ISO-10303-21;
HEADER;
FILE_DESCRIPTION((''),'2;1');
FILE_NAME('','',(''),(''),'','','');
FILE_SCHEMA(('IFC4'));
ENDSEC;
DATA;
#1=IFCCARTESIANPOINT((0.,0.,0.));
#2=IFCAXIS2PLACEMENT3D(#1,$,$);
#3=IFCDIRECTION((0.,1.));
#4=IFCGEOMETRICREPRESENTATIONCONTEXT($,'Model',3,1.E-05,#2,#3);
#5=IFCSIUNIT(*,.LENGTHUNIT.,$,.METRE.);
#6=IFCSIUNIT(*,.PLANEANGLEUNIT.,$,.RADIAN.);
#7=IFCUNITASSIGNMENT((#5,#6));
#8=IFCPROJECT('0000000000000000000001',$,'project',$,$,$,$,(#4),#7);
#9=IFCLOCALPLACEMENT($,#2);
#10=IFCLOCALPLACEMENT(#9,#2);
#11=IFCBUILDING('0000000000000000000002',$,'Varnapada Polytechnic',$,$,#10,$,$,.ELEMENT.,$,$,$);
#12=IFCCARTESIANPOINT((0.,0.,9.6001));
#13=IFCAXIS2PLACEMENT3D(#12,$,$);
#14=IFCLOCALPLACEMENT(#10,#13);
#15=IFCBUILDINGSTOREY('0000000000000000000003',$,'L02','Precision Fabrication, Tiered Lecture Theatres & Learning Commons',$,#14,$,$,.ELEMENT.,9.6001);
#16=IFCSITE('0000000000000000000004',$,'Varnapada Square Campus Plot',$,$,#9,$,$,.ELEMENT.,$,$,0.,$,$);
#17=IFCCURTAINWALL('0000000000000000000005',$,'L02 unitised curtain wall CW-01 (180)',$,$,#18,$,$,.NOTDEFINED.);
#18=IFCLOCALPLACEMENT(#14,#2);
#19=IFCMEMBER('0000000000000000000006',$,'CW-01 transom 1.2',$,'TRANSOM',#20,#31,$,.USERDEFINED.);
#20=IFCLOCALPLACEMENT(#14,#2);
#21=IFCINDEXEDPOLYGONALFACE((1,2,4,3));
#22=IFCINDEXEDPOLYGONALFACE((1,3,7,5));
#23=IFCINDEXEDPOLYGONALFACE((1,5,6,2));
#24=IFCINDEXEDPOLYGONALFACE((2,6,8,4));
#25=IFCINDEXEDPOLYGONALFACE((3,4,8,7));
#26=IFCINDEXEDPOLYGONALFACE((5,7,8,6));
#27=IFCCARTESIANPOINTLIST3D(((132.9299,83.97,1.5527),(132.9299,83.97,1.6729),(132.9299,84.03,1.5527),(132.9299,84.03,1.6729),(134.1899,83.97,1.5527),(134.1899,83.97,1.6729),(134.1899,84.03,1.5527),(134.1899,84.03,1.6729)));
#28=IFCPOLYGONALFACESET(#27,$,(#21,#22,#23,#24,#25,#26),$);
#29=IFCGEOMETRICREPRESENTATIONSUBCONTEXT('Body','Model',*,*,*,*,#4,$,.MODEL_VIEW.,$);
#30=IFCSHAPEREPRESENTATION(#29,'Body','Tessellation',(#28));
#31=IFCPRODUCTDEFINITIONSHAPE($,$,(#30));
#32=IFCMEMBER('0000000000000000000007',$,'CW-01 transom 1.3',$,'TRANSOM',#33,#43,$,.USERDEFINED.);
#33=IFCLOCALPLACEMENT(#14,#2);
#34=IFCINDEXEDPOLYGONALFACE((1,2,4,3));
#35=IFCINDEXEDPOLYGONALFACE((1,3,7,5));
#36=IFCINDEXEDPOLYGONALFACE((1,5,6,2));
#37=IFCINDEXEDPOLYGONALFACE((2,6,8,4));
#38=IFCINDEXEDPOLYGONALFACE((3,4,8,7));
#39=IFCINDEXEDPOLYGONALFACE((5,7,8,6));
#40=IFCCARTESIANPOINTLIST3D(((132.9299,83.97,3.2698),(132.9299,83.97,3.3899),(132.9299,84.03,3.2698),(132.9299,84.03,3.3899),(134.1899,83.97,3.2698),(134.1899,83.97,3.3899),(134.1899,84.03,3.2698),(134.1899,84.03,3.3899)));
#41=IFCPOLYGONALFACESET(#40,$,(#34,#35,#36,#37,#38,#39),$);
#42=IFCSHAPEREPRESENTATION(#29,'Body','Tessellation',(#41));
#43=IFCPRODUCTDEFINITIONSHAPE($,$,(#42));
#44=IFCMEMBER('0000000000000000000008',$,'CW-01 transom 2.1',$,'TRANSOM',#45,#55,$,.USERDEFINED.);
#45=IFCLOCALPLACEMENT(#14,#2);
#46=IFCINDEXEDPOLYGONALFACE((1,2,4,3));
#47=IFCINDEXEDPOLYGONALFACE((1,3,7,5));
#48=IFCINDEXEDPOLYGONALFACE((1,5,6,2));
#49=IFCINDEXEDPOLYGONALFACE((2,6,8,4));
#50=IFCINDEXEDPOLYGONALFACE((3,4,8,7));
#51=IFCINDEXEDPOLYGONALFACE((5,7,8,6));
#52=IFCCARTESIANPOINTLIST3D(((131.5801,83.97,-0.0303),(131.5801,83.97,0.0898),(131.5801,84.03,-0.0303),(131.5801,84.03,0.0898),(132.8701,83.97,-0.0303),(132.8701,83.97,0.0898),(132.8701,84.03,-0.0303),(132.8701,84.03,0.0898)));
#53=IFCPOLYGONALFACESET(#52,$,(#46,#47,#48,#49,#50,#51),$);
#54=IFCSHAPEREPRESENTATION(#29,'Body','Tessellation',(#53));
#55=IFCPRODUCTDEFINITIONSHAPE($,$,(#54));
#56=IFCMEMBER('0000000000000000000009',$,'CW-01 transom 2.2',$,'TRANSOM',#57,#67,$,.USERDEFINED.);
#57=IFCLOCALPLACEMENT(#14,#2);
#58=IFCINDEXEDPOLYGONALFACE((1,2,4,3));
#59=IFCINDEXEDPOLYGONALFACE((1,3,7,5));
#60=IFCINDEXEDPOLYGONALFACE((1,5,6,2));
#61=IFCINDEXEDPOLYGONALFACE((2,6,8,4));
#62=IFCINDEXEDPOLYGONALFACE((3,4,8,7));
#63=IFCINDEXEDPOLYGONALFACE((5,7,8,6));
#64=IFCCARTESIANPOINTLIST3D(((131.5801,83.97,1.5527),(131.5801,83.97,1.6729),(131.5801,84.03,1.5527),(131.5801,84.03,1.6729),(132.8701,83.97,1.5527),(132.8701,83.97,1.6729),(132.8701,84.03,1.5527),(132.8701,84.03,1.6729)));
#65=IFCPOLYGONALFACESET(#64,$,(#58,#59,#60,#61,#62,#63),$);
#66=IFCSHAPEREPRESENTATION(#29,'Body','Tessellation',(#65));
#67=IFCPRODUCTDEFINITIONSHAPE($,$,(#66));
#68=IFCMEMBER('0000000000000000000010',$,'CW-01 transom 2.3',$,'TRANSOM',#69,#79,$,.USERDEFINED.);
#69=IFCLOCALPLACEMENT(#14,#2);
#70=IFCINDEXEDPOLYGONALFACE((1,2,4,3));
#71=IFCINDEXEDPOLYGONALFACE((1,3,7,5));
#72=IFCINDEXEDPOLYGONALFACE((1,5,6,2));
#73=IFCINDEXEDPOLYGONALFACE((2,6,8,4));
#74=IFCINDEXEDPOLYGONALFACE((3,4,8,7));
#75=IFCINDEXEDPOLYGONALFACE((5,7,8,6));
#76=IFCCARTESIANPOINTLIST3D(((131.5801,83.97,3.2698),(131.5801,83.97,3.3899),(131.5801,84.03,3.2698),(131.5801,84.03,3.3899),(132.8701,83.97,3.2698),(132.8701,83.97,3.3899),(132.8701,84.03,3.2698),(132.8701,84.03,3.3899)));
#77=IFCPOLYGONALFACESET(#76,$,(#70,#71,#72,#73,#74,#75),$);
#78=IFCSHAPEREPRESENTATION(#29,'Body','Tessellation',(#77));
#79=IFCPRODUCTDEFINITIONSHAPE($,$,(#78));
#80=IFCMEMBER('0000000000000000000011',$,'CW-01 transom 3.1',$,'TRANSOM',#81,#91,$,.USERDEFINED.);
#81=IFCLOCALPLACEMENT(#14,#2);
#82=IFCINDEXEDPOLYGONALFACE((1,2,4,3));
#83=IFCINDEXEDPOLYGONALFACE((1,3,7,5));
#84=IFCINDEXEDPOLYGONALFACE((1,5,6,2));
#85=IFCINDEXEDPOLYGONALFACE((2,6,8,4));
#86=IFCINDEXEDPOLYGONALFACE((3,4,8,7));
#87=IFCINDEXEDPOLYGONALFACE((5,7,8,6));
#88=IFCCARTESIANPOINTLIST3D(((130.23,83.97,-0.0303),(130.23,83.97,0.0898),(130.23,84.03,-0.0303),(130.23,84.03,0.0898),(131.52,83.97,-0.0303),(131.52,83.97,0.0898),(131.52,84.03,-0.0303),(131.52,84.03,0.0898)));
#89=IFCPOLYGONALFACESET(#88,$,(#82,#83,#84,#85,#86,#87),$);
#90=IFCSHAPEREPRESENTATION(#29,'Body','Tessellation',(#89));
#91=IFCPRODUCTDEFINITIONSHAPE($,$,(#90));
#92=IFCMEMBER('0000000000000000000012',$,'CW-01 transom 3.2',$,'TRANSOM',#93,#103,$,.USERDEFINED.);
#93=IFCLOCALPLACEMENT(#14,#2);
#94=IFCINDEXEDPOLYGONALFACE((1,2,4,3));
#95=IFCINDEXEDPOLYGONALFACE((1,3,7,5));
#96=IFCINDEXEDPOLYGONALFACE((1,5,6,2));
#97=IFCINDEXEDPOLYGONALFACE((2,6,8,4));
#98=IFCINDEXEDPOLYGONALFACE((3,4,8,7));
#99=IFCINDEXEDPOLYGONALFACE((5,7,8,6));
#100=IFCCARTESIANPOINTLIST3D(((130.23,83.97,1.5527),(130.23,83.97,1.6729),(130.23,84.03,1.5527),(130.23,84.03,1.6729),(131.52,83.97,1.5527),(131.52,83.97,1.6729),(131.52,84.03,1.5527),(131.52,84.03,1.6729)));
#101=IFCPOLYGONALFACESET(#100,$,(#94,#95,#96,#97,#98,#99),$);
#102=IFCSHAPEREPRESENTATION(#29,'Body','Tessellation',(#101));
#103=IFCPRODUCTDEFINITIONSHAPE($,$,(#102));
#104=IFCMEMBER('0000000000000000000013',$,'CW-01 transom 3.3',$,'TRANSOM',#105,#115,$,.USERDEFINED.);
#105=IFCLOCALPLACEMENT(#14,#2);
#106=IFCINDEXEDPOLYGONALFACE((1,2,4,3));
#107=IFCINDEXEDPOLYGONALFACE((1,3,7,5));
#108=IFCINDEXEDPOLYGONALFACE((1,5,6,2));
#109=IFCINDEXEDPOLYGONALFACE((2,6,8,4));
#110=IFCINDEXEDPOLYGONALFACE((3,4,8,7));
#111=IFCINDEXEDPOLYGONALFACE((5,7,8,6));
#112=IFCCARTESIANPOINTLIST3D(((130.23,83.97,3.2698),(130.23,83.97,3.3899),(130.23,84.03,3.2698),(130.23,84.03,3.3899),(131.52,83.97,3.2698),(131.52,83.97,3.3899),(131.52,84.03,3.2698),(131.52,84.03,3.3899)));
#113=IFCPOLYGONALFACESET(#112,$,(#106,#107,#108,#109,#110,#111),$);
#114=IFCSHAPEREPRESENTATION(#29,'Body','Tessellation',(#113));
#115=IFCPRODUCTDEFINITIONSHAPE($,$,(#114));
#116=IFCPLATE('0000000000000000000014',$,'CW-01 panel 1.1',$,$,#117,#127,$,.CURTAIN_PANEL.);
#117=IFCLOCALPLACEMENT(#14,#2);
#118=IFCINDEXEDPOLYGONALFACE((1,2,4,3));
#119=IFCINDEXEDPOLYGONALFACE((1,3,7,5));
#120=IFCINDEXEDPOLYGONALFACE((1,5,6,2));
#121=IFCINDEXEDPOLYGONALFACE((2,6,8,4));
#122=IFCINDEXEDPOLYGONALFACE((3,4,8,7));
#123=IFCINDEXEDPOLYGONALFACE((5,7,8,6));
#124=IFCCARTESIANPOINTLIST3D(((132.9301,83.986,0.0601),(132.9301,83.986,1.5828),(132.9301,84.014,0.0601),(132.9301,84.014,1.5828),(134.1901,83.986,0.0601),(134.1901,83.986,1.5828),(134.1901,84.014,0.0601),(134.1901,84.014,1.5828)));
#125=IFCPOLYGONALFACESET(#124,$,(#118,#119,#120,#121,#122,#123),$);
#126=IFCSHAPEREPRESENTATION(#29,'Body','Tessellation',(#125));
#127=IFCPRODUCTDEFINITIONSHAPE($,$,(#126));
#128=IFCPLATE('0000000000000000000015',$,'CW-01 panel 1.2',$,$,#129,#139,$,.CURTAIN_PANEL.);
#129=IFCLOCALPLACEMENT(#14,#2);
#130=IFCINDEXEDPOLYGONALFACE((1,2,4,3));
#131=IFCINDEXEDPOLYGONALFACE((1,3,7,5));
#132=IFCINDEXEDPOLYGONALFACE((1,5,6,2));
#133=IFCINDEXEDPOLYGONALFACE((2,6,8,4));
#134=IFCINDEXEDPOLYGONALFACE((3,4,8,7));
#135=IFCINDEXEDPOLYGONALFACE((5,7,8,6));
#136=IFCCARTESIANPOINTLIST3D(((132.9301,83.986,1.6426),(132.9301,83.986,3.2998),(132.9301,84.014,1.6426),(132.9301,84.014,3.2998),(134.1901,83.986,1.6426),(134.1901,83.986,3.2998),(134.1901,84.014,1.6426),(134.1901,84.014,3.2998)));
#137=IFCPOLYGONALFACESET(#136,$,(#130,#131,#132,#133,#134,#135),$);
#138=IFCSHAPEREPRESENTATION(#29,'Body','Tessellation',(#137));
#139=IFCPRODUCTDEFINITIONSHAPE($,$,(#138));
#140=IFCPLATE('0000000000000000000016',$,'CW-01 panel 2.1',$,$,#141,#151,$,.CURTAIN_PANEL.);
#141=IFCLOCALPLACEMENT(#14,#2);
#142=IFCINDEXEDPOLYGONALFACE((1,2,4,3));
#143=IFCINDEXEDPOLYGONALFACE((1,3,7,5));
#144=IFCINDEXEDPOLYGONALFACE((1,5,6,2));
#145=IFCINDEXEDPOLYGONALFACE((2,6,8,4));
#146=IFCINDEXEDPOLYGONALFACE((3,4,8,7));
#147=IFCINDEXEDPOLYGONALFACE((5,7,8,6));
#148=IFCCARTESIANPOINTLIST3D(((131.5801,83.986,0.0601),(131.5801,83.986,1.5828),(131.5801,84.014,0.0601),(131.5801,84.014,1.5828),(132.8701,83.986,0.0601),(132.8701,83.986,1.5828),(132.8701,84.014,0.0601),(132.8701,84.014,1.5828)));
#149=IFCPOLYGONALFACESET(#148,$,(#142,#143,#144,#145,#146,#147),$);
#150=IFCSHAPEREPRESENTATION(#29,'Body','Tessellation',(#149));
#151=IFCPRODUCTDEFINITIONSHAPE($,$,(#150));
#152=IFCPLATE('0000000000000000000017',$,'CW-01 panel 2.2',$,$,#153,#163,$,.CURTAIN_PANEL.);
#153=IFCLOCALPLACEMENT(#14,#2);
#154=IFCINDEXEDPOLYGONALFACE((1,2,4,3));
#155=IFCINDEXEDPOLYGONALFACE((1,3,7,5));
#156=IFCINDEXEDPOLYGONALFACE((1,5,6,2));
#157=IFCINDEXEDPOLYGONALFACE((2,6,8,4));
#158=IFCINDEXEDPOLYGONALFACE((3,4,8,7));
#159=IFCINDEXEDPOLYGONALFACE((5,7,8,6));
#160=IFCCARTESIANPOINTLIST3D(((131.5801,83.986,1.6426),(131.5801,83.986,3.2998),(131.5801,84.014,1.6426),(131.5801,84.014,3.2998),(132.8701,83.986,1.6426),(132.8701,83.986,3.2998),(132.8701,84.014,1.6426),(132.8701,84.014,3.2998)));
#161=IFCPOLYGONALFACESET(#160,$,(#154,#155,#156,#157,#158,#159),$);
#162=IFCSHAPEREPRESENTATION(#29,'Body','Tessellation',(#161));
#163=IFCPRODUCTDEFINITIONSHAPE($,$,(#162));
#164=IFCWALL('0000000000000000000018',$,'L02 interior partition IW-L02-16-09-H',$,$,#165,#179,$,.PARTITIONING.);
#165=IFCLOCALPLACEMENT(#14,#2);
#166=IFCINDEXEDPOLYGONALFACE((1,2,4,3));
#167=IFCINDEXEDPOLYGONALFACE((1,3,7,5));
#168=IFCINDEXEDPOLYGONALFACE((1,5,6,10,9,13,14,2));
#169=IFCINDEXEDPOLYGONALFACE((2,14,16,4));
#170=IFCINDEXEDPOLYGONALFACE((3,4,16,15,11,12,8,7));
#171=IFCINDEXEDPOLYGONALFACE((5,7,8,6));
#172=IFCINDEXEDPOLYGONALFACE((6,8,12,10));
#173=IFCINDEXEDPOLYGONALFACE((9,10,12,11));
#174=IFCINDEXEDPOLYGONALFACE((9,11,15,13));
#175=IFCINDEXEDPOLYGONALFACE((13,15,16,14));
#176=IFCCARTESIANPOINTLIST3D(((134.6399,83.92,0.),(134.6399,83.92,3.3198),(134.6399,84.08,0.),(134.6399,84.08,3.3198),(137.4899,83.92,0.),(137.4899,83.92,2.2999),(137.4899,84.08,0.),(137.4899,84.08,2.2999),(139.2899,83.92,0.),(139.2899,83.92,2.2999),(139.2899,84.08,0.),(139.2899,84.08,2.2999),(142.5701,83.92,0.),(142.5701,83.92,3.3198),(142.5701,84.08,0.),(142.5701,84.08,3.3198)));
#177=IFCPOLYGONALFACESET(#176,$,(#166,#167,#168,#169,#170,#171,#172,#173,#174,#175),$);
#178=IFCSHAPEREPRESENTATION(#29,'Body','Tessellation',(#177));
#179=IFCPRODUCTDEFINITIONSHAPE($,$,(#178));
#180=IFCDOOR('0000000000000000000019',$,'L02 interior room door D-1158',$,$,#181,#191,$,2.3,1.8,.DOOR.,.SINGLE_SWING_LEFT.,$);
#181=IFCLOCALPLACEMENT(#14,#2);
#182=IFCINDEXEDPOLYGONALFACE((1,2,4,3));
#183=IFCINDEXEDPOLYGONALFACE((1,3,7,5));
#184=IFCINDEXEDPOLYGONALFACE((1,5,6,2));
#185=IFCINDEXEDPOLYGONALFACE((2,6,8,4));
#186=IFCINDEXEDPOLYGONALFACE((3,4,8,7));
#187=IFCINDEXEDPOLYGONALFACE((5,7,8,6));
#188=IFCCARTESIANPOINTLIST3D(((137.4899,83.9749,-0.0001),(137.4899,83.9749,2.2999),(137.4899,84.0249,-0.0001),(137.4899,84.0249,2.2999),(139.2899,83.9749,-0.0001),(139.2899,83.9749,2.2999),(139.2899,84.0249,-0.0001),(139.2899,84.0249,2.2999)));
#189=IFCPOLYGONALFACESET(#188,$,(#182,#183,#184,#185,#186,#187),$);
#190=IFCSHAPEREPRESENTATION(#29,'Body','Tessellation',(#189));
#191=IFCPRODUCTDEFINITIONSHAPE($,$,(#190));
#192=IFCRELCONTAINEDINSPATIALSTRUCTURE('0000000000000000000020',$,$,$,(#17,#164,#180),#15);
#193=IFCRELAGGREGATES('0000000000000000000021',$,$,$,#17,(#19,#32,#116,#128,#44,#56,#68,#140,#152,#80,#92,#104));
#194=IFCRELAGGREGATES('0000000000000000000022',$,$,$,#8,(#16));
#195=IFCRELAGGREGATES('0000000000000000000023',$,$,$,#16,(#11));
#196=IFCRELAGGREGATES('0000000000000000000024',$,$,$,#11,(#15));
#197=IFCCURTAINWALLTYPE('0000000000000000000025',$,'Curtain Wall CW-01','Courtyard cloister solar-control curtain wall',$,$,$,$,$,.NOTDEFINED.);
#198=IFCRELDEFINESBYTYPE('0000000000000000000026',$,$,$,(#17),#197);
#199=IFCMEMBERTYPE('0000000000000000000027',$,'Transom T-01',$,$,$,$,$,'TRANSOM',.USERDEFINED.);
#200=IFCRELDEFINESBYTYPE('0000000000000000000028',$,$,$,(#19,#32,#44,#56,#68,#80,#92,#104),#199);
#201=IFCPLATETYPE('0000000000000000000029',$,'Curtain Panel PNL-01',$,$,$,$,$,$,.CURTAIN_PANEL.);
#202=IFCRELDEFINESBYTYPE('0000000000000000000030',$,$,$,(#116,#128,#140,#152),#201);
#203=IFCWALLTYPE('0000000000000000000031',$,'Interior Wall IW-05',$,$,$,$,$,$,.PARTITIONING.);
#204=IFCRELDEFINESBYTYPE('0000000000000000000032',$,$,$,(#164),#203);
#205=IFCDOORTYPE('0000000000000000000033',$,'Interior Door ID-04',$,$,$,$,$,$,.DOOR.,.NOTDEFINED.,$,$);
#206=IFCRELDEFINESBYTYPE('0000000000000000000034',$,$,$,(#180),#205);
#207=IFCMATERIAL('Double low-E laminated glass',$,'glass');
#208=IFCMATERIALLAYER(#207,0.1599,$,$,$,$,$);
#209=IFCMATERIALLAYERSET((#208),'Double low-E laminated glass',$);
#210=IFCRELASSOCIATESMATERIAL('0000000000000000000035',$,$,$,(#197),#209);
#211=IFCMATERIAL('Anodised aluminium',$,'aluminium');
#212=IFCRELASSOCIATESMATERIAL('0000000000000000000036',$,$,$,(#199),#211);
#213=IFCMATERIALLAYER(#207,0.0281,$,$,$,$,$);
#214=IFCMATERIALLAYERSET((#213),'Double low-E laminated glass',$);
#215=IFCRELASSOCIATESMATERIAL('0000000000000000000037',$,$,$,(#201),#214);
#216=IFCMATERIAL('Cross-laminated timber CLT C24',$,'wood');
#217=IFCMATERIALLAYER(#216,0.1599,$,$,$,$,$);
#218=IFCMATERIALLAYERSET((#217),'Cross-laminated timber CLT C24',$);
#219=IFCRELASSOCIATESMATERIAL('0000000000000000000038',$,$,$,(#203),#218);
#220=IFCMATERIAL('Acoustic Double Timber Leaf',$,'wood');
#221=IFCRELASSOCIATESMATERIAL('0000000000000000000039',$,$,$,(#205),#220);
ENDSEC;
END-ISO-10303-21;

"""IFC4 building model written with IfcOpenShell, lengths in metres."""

from ifc_helpers import new_model, si_unit, direction, frame, frame_2d, origin, origin_2d, place, context, subcontext, project, spatial, rectangle, extrude, material, layer, layer_set, material_profile, profile_set, type_object, element, fill, aggregate, save


model = new_model("IFC4")

# Units and contexts
model_context = context("Model", 3, precision=1e-05, world=origin(), true_north=direction((0.0, 1.0)))
body_context = subcontext(model_context, "Body", "Model", "MODEL_VIEW")
ifc_project = project(units=[si_unit("LENGTHUNIT", "METRE"), si_unit("PLANEANGLEUNIT", "RADIAN")], contexts=[model_context])

# Site, building, storey
site_placement = place(None, origin())
site = spatial("IfcSite", under=ifc_project, at=site_placement, Name="Varnapada Square Campus Plot", CompositionType="ELEMENT", RefElevation=0.0)
building_placement = place(site_placement, origin())
building = spatial("IfcBuilding", under=site, at=building_placement, Name="Varnapada Polytechnic", CompositionType="ELEMENT")
storey_placement = place(building_placement, frame((0.0, 0.0, 9.6001)))
storey = spatial("IfcBuildingStorey", under=building, at=storey_placement, Name="L02", Description="Precision Fabrication, Tiered Lecture Theatres & Learning Commons", CompositionType="ELEMENT", Elevation=9.6001)

# Curtain wall
ifc_material_1 = material(Name="Double low-E laminated glass", Category="glass")
ifc_layer_1 = layer(ifc_material_1, 0.1599)
ifc_layer_set_1 = layer_set([ifc_layer_1], Name="Double low-E laminated glass")
curtain_wall_type = type_object("IfcCurtainWallType", Name="Curtain Wall CW-01", Description="Courtyard cloister solar-control curtain wall", PredefinedType="NOTDEFINED", material=ifc_layer_set_1)
curtain_wall_placement = place(storey_placement, origin())
curtain_wall = element("IfcCurtainWall", 1, at=curtain_wall_placement, inside=storey, type_object=curtain_wall_type, Name="L02 unitised curtain wall CW-01 (180)", PredefinedType="NOTDEFINED")
ifc_material_2 = material(Name="Anodised aluminium", Category="aluminium")

# Members
ifc_material_profile_1 = material_profile(ifc_material_2, rectangle(XDim=0.0601, YDim=0.1201, at=origin_2d()), Name="ALU T60x120")
ifc_profile_set_1 = profile_set([ifc_material_profile_1], Name="Anodised aluminium")
member_type_1 = type_object("IfcMemberType", Name="Transom T-01", ElementType="TRANSOM", PredefinedType="USERDEFINED", material=ifc_profile_set_1)
member_1_placement = place(storey_placement, frame((134.1899, 84.0, 1.6128), z_axis=(-1.0, 0.0, 0.0), x_axis=(0.0, -1.0, 0.0)))
member_1 = element("IfcMember", 2, at=member_1_placement, type_object=member_type_1, Name="CW-01 transom 1.2", ObjectType="TRANSOM", PredefinedType="USERDEFINED", context=body_context, shape_type="SweptSolid", body=[
    extrude(rectangle(XDim=0.0601, YDim=0.1201, at=origin_2d()), origin(), (0.0, 0.0, 1.0), 1.26),
])
member_2_placement = place(storey_placement, frame((134.1899, 84.0, 3.3298), z_axis=(-1.0, 0.0, 0.0), x_axis=(0.0, -1.0, 0.0)))
member_2 = element("IfcMember", 3, at=member_2_placement, type_object=member_type_1, Name="CW-01 transom 1.3", ObjectType="TRANSOM", PredefinedType="USERDEFINED", context=body_context, shape_type="SweptSolid", body=[
    extrude(rectangle(XDim=0.0601, YDim=0.1201, at=origin_2d()), origin(), (0.0, 0.0, 1.0), 1.26),
])
member_3_placement = place(storey_placement, frame((132.8701, 84.0, 0.0298), z_axis=(-1.0, 0.0, 0.0), x_axis=(0.0, -1.0, 0.0)))
member_3 = element("IfcMember", 4, at=member_3_placement, type_object=member_type_1, Name="CW-01 transom 2.1", ObjectType="TRANSOM", PredefinedType="USERDEFINED", context=body_context, shape_type="SweptSolid", body=[
    extrude(rectangle(XDim=0.0601, YDim=0.1201, at=origin_2d()), origin(), (0.0, 0.0, 1.0), 1.29),
])
member_4_placement = place(storey_placement, frame((132.8701, 84.0, 1.6128), z_axis=(-1.0, 0.0, 0.0), x_axis=(0.0, -1.0, 0.0)))
member_4 = element("IfcMember", 5, at=member_4_placement, type_object=member_type_1, Name="CW-01 transom 2.2", ObjectType="TRANSOM", PredefinedType="USERDEFINED", context=body_context, shape_type="SweptSolid", body=[
    extrude(rectangle(XDim=0.0601, YDim=0.1201, at=origin_2d()), origin(), (0.0, 0.0, 1.0), 1.29),
])
member_5_placement = place(storey_placement, frame((132.8701, 84.0, 3.3298), z_axis=(-1.0, 0.0, 0.0), x_axis=(0.0, -1.0, 0.0)))
member_5 = element("IfcMember", 6, at=member_5_placement, type_object=member_type_1, Name="CW-01 transom 2.3", ObjectType="TRANSOM", PredefinedType="USERDEFINED", context=body_context, shape_type="SweptSolid", body=[
    extrude(rectangle(XDim=0.0601, YDim=0.1201, at=origin_2d()), origin(), (0.0, 0.0, 1.0), 1.29),
])
member_6_placement = place(storey_placement, frame((131.52, 84.0, 0.0298), z_axis=(-1.0, 0.0, 0.0), x_axis=(0.0, -1.0, 0.0)))
member_6 = element("IfcMember", 7, at=member_6_placement, type_object=member_type_1, Name="CW-01 transom 3.1", ObjectType="TRANSOM", PredefinedType="USERDEFINED", context=body_context, shape_type="SweptSolid", body=[
    extrude(rectangle(XDim=0.0601, YDim=0.1201, at=origin_2d()), origin(), (0.0, 0.0, 1.0), 1.29),
])
member_7_placement = place(storey_placement, frame((131.52, 84.0, 1.6128), z_axis=(-1.0, 0.0, 0.0), x_axis=(0.0, -1.0, 0.0)))
member_7 = element("IfcMember", 8, at=member_7_placement, type_object=member_type_1, Name="CW-01 transom 3.2", ObjectType="TRANSOM", PredefinedType="USERDEFINED", context=body_context, shape_type="SweptSolid", body=[
    extrude(rectangle(XDim=0.0601, YDim=0.1201, at=origin_2d()), origin(), (0.0, 0.0, 1.0), 1.29),
])
member_8_placement = place(storey_placement, frame((131.52, 84.0, 3.3298), z_axis=(-1.0, 0.0, 0.0), x_axis=(0.0, -1.0, 0.0)))
member_8 = element("IfcMember", 9, at=member_8_placement, type_object=member_type_1, Name="CW-01 transom 3.3", ObjectType="TRANSOM", PredefinedType="USERDEFINED", context=body_context, shape_type="SweptSolid", body=[
    extrude(rectangle(XDim=0.0601, YDim=0.1201, at=origin_2d()), origin(), (0.0, 0.0, 1.0), 1.29),
])

# Plates
ifc_layer_2 = layer(ifc_material_1, 0.0281)
ifc_layer_set_2 = layer_set([ifc_layer_2], Name="Double low-E laminated glass")
plate_type = type_object("IfcPlateType", Name="Curtain Panel PNL-01", PredefinedType="CURTAIN_PANEL", material=ifc_layer_set_2)
plate_1_placement = place(storey_placement, frame((133.5601, 84.0, 0.0601), z_axis=(0.0, 0.0, 1.0), x_axis=(-1.0, 0.0, 0.0)))
plate_1 = element("IfcPlate", 10, at=plate_1_placement, type_object=plate_type, Name="CW-01 panel 1.1", PredefinedType="CURTAIN_PANEL", context=body_context, shape_type="SweptSolid", body=[
    extrude(rectangle(XDim=1.26, YDim=0.0281, at=origin_2d()), origin(), (0.0, 0.0, 1.0), 1.5227),
])
plate_2_placement = place(storey_placement, frame((133.5601, 84.0, 1.6426), z_axis=(0.0, 0.0, 1.0), x_axis=(-1.0, 0.0, 0.0)))
plate_2 = element("IfcPlate", 11, at=plate_2_placement, type_object=plate_type, Name="CW-01 panel 1.2", PredefinedType="CURTAIN_PANEL", context=body_context, shape_type="SweptSolid", body=[
    extrude(rectangle(XDim=1.26, YDim=0.0281, at=origin_2d()), origin(), (0.0, 0.0, 1.0), 1.6572),
])
plate_3_placement = place(storey_placement, frame((132.2251, 84.0, 0.0601), z_axis=(0.0, 0.0, 1.0), x_axis=(-1.0, 0.0, 0.0)))
plate_3 = element("IfcPlate", 12, at=plate_3_placement, type_object=plate_type, Name="CW-01 panel 2.1", PredefinedType="CURTAIN_PANEL", context=body_context, shape_type="SweptSolid", body=[
    extrude(rectangle(XDim=1.29, YDim=0.0281, at=origin_2d()), origin(), (0.0, 0.0, 1.0), 1.5227),
])
plate_4_placement = place(storey_placement, frame((132.2251, 84.0, 1.6426), z_axis=(0.0, 0.0, 1.0), x_axis=(-1.0, 0.0, 0.0)))
plate_4 = element("IfcPlate", 13, at=plate_4_placement, type_object=plate_type, Name="CW-01 panel 2.2", PredefinedType="CURTAIN_PANEL", context=body_context, shape_type="SweptSolid", body=[
    extrude(rectangle(XDim=1.29, YDim=0.0281, at=origin_2d()), origin(), (0.0, 0.0, 1.0), 1.6572),
])
aggregate(curtain_wall, [member_1, member_2, plate_1, plate_2, member_3, member_4, member_5, plate_3, plate_4, member_6, member_7, member_8])

# Wall, opening, door
ifc_material_3 = material(Name="Cross-laminated timber CLT C24", Category="wood")
ifc_layer_3 = layer(ifc_material_3, 0.1599)
ifc_layer_set_3 = layer_set([ifc_layer_3], Name="Cross-laminated timber CLT C24")
wall_type = type_object("IfcWallType", Name="Interior Wall IW-05", PredefinedType="PARTITIONING", material=ifc_layer_set_3)
wall_placement = place(storey_placement, frame((134.6399, 84.0, 0.0), z_axis=(0.0, 0.0, 1.0), x_axis=(1.0, 0.0, 0.0)))
wall = element("IfcWall", 14, at=wall_placement, inside=storey, type_object=wall_type, Name="L02 interior partition IW-L02-16-09-H", PredefinedType="PARTITIONING", context=body_context, shape_type="SweptSolid", body=[
    extrude(rectangle(XDim=7.9302, YDim=0.1599, at=frame_2d((3.9651, 0.0))), origin(), (0.0, 0.0, 1.0), 3.3198),
])
opening_placement = place(wall_placement, frame((2.8501, 0.0, 0.0)))
opening = element("IfcOpeningElement", 15, at=opening_placement, cuts=wall, PredefinedType="OPENING", context=body_context, shape_type="SweptSolid", body=[
    extrude(rectangle(XDim=1.8, YDim=2.3, at=frame_2d((0.8999, 1.1499))), frame((0.0, 0.0898, 0.0), z_axis=(0.0, -1.0, 0.0), x_axis=(1.0, 0.0, 0.0)), (0.0, 0.0, 1.0), 0.1799),
])
ifc_material_4 = material(Name="Acoustic Double Timber Leaf", Category="wood")
door_type = type_object("IfcDoorType", Name="Interior Door ID-04", OperationType="NOTDEFINED", PredefinedType="DOOR", material=ifc_material_4)
door_placement = place(opening_placement, origin())
door = element("IfcDoor", 16, at=door_placement, inside=storey, type_object=door_type, Name="L02 interior room door D-1158", OperationType="SINGLE_SWING_LEFT", OverallHeight=2.3, OverallWidth=1.8, PredefinedType="DOOR", context=body_context, shape_type="SweptSolid", body=[
    extrude(rectangle(XDim=1.8, YDim=2.3, at=frame_2d((0.8999, 1.1499))), frame((0.0, 0.0249, 0.0), z_axis=(0.0, -1.0, 0.0), x_axis=(1.0, 0.0, 0.0)), (0.0, 0.0, 1.0), 0.05),
])
fill(opening, door)

save(model, "model.ifc")
